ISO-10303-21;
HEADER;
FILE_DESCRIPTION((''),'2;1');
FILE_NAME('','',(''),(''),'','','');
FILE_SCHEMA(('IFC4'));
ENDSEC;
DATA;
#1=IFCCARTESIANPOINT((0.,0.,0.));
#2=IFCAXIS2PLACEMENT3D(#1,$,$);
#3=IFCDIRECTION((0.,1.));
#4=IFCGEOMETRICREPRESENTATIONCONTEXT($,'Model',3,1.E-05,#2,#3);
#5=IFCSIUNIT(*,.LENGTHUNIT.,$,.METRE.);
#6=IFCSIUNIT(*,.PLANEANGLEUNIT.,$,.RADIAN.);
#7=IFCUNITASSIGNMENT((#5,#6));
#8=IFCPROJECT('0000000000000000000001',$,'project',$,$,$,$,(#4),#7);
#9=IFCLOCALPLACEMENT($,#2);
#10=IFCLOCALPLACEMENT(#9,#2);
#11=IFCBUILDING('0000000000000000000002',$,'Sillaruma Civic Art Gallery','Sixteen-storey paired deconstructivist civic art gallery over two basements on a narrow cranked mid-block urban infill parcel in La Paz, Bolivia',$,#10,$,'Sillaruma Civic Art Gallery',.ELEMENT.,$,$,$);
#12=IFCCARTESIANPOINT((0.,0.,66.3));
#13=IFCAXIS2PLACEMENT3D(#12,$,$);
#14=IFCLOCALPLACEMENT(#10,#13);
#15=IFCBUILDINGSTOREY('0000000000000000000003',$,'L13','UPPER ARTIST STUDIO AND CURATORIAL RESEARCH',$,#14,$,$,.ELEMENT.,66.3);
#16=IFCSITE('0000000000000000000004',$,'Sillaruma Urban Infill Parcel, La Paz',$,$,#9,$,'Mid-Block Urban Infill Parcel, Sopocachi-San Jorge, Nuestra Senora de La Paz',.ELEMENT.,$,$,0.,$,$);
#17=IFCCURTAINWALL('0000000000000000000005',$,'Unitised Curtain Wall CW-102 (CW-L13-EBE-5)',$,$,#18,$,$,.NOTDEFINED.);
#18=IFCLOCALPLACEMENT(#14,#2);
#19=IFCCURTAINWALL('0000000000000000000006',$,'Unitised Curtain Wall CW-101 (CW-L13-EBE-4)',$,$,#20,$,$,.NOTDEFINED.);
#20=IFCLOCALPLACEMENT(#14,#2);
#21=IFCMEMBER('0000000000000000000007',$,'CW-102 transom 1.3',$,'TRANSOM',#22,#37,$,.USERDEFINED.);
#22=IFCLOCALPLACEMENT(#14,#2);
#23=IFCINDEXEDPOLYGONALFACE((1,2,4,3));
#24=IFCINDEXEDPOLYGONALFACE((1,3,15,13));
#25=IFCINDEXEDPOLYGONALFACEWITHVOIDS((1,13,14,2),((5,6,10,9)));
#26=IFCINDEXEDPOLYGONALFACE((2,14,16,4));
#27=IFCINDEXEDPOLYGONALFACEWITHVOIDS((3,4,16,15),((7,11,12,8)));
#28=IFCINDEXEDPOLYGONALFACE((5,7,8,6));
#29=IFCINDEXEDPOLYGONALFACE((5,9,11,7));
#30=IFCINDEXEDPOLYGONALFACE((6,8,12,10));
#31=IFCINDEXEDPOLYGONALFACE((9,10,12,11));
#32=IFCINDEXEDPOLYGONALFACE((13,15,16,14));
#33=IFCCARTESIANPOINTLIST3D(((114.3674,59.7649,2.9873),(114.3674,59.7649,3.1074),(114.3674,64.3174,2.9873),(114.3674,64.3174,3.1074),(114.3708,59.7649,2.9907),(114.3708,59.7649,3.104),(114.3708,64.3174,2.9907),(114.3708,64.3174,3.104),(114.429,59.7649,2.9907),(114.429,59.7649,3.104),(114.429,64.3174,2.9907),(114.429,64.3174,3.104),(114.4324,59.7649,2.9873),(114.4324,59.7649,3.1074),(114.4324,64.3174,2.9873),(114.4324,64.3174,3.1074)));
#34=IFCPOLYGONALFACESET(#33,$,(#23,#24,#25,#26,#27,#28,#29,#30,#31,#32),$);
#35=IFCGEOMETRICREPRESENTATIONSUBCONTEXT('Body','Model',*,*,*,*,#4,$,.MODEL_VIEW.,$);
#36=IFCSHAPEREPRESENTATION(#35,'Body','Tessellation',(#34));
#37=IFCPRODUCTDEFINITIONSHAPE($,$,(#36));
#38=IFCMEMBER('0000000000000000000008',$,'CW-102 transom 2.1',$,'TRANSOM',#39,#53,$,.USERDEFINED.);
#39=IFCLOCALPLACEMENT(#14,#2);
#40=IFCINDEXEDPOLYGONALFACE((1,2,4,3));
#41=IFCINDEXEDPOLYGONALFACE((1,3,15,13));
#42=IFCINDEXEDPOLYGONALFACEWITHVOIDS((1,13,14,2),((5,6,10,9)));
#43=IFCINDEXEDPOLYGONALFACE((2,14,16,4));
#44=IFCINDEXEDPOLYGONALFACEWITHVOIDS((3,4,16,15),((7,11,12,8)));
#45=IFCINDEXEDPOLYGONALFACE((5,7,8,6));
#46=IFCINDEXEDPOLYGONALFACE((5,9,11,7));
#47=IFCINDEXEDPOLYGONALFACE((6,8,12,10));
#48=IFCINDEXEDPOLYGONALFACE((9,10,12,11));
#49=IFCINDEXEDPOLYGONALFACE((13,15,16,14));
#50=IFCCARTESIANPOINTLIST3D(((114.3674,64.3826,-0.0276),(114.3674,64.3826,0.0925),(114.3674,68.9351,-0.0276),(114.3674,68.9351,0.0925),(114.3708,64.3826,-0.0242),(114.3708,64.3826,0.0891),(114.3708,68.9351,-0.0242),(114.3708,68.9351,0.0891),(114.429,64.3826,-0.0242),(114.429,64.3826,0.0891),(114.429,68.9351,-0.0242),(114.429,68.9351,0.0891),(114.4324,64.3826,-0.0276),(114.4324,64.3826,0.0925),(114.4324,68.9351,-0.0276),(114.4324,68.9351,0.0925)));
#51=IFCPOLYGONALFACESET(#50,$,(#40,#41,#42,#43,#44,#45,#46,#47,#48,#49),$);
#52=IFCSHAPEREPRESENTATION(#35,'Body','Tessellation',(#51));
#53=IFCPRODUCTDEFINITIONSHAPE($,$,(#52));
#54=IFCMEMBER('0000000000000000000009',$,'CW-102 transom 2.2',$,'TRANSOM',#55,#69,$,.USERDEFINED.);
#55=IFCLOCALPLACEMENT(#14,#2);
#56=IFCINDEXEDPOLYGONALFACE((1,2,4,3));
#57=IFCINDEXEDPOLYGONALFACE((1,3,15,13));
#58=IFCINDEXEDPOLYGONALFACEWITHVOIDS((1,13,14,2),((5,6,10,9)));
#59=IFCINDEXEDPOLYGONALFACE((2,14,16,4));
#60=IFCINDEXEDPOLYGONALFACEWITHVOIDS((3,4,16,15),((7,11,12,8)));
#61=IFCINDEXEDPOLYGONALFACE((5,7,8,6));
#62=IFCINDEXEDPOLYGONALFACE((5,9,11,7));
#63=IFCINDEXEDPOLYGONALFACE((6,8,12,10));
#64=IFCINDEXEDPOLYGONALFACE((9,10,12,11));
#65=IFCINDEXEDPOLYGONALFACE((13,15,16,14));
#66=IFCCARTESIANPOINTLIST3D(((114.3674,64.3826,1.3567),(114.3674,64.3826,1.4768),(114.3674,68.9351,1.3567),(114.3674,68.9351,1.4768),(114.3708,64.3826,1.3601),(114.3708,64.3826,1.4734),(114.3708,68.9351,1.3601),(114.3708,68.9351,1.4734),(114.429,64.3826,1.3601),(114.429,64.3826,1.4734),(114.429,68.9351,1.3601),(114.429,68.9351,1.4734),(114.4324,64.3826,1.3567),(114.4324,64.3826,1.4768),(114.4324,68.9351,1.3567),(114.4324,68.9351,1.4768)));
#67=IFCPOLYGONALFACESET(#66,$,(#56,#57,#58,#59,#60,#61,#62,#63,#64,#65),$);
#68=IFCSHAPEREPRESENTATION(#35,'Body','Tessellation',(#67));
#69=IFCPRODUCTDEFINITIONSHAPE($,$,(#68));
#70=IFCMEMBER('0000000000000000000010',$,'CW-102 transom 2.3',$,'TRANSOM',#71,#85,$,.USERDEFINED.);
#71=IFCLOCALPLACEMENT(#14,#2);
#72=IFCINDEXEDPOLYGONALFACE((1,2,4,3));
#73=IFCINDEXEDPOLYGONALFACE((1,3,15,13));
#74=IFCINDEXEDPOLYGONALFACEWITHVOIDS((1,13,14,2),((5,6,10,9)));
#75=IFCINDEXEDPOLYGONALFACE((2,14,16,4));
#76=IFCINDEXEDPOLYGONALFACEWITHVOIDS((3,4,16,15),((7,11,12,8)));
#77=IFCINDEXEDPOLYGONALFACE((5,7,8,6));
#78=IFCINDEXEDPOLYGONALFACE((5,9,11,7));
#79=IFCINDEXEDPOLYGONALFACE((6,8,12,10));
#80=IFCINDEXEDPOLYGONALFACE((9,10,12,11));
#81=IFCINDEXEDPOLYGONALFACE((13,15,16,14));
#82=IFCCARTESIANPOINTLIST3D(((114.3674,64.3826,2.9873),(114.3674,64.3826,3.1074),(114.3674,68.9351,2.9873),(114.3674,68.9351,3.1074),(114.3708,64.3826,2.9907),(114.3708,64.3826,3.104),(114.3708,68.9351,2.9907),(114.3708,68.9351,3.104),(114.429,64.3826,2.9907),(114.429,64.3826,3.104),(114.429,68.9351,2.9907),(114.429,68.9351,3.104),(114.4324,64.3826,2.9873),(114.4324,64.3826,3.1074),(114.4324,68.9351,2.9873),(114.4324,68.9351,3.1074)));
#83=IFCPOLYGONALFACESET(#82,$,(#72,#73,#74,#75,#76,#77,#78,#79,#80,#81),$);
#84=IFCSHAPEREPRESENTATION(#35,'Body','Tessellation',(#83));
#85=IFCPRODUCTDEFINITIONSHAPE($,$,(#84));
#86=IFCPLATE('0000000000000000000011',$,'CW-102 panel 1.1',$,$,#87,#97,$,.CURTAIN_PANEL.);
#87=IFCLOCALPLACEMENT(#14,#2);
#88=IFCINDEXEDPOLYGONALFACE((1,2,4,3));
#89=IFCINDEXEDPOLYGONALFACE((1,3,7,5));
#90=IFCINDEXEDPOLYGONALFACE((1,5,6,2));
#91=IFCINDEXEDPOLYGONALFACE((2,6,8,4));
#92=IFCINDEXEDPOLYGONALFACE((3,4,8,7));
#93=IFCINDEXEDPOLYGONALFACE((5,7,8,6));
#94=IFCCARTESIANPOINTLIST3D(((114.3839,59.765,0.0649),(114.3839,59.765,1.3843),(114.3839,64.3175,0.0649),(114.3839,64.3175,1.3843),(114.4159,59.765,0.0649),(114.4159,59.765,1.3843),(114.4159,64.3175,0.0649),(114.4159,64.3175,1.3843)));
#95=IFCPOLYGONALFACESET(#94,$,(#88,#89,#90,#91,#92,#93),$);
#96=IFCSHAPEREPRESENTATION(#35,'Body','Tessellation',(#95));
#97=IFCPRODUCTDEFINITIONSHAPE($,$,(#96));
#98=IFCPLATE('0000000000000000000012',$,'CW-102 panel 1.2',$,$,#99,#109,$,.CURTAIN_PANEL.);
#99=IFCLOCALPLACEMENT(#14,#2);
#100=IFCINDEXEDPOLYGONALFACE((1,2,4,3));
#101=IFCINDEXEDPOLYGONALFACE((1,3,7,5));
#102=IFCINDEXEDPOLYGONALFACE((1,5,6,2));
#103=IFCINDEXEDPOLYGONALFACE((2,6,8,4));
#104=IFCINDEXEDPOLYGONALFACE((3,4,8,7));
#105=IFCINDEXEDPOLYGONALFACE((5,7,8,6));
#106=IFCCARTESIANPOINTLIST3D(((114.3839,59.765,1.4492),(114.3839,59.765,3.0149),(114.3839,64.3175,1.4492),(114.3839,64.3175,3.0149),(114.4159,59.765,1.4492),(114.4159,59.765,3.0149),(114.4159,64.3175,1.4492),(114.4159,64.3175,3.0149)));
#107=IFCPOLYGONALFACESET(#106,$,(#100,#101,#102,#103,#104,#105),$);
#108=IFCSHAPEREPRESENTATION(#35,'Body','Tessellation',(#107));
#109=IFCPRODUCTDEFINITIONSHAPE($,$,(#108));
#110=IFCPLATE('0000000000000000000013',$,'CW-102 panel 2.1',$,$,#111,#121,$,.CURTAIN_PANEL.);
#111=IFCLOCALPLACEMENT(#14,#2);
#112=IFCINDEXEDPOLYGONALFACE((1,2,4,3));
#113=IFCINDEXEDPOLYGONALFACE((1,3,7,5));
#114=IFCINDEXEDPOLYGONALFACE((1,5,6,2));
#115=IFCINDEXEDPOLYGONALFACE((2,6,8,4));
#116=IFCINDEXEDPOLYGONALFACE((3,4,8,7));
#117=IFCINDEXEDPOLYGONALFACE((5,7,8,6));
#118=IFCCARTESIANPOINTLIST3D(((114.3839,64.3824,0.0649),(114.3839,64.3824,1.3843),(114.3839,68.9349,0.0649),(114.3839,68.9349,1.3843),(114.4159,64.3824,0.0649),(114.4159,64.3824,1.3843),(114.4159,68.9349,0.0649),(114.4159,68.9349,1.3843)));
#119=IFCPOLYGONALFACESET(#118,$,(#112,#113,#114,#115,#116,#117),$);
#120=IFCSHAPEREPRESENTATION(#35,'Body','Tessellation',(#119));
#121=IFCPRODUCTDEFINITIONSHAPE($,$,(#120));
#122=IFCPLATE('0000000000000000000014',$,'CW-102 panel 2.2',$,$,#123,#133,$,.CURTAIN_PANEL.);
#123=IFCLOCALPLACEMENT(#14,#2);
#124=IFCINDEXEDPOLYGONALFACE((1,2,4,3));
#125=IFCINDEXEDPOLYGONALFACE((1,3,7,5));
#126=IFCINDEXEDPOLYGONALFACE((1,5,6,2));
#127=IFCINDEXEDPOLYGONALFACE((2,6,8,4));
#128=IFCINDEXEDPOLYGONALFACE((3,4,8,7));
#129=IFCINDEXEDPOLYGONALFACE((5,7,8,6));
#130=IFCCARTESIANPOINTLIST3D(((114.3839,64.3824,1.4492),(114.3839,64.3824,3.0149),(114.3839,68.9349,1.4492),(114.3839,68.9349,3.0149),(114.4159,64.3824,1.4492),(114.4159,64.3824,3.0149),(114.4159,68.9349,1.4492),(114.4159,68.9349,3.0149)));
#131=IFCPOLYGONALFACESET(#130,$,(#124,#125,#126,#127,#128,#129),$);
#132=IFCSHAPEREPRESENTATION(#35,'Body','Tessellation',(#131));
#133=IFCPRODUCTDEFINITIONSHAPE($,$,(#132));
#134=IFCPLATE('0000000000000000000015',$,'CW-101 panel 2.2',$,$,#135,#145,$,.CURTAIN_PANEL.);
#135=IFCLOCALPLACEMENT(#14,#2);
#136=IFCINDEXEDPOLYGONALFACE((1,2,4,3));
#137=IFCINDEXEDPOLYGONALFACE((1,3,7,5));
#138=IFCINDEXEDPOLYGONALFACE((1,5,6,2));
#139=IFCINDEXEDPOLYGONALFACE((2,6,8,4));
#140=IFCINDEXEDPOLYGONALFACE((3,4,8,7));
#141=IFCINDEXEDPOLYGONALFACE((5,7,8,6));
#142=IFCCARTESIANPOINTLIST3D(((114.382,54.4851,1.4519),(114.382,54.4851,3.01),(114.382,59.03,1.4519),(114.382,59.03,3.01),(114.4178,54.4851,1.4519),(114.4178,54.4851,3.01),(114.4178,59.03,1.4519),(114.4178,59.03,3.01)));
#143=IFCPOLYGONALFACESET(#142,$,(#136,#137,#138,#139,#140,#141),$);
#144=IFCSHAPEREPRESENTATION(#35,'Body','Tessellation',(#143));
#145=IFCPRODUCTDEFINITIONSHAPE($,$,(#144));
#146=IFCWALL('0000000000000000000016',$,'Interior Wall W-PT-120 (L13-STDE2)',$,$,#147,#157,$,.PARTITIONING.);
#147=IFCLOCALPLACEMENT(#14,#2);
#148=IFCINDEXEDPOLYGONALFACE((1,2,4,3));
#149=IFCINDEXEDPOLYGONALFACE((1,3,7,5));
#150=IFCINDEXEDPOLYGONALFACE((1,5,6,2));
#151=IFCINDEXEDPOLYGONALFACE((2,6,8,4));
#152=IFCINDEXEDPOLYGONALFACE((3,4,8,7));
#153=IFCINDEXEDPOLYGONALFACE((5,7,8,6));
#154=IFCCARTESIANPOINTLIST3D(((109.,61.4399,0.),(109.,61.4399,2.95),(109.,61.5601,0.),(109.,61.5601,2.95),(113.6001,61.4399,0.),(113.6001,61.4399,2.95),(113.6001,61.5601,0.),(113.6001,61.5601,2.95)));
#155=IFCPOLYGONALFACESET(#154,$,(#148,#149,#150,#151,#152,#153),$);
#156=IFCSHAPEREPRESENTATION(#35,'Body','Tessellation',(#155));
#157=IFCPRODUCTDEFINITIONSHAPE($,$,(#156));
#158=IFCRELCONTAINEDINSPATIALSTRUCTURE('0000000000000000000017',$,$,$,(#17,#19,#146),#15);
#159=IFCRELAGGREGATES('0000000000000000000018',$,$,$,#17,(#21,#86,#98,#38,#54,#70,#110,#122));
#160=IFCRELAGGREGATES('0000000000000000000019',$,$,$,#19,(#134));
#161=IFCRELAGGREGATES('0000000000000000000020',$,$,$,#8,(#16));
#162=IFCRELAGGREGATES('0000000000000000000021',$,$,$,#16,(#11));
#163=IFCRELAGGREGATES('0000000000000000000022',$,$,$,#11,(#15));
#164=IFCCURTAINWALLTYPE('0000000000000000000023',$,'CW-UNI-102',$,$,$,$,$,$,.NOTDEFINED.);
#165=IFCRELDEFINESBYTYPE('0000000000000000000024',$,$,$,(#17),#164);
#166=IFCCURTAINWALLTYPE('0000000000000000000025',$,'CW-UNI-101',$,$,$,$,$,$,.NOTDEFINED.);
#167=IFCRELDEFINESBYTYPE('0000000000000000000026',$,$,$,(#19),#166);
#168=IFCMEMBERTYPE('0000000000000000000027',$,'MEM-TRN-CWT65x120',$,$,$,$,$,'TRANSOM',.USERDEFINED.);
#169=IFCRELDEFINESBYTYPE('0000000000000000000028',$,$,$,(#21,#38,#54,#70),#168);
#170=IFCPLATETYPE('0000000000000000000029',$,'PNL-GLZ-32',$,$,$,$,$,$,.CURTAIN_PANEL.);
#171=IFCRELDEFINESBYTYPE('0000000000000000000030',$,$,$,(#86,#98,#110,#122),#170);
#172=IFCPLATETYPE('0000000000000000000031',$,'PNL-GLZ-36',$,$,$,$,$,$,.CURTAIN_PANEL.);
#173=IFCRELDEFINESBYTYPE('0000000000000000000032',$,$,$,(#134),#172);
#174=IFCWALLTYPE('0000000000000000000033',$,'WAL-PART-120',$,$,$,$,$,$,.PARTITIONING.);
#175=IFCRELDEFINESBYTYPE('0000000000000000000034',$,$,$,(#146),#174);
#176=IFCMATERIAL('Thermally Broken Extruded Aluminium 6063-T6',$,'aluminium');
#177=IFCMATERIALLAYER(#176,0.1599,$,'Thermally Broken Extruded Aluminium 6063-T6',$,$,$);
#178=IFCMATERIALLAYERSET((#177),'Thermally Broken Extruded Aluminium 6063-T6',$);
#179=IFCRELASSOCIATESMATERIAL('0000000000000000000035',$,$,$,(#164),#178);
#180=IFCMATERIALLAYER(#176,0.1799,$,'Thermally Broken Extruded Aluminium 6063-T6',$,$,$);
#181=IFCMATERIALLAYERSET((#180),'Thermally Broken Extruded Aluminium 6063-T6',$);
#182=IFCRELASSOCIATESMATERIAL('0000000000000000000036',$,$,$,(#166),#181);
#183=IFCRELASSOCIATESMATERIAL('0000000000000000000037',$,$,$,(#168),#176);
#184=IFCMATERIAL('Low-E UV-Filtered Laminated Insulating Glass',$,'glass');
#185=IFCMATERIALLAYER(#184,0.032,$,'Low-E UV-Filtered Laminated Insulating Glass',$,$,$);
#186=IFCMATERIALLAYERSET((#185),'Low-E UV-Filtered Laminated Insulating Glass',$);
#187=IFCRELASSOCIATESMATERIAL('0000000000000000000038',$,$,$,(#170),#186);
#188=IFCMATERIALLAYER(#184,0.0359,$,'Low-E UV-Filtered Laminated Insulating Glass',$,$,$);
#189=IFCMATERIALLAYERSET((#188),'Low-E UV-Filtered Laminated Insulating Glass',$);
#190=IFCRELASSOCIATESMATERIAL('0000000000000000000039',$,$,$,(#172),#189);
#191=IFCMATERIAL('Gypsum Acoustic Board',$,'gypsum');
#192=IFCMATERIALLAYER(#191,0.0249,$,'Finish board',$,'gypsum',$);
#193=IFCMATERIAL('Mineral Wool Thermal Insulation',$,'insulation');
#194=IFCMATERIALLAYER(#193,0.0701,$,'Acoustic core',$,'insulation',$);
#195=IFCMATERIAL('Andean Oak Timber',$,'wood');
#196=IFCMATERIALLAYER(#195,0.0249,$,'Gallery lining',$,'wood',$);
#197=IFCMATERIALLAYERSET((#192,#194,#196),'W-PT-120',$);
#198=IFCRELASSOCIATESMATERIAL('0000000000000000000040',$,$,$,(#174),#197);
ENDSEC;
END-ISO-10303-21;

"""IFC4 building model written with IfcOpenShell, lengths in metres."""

from ifc_helpers import new_model, si_unit, direction, frame, frame_2d, origin, origin_2d, place, context, subcontext, project, spatial, rectangle, hollow_rectangle, extrude, material, layer, layer_set, material_profile, profile_set, type_object, element, aggregate, save


model = new_model("IFC4")

# Units and contexts
model_context = context("Model", 3, precision=1e-05, world=origin(), true_north=direction((0.0, 1.0)))
body_context = subcontext(model_context, "Body", "Model", "MODEL_VIEW")
ifc_project = project(units=[si_unit("LENGTHUNIT", "METRE"), si_unit("PLANEANGLEUNIT", "RADIAN")], contexts=[model_context])

# Site, building, storey
site_placement = place(None, origin())
site = spatial("IfcSite", under=ifc_project, at=site_placement, Name="Sillaruma Urban Infill Parcel, La Paz", LongName="Mid-Block Urban Infill Parcel, Sopocachi-San Jorge, Nuestra Senora de La Paz", CompositionType="ELEMENT", RefElevation=0.0)
building_placement = place(site_placement, origin())
building = spatial("IfcBuilding", under=site, at=building_placement, Name="Sillaruma Civic Art Gallery", Description="Sixteen-storey paired deconstructivist civic art gallery over two basements on a narrow cranked mid-block urban infill parcel in La Paz, Bolivia", LongName="Sillaruma Civic Art Gallery", CompositionType="ELEMENT")
storey_placement = place(building_placement, frame((0.0, 0.0, 66.3)))
storey = spatial("IfcBuildingStorey", under=building, at=storey_placement, Name="L13", Description="UPPER ARTIST STUDIO AND CURATORIAL RESEARCH", CompositionType="ELEMENT", Elevation=66.3)

# Curtain wall
ifc_material_1 = material(Name="Thermally Broken Extruded Aluminium 6063-T6", Category="aluminium")
ifc_layer_1 = layer(ifc_material_1, 0.1599, Name="Thermally Broken Extruded Aluminium 6063-T6")
ifc_layer_set_1 = layer_set([ifc_layer_1], Name="Thermally Broken Extruded Aluminium 6063-T6")
curtain_wall_type_1 = type_object("IfcCurtainWallType", Name="CW-UNI-102", PredefinedType="NOTDEFINED", material=ifc_layer_set_1)
curtain_wall_1_placement = place(storey_placement, origin())
curtain_wall_1 = element("IfcCurtainWall", 1, at=curtain_wall_1_placement, inside=storey, type_object=curtain_wall_type_1, Name="Unitised Curtain Wall CW-102 (CW-L13-EBE-5)", PredefinedType="NOTDEFINED")

# Curtain wall
ifc_layer_2 = layer(ifc_material_1, 0.1799, Name="Thermally Broken Extruded Aluminium 6063-T6")
ifc_layer_set_2 = layer_set([ifc_layer_2], Name="Thermally Broken Extruded Aluminium 6063-T6")
curtain_wall_type_2 = type_object("IfcCurtainWallType", Name="CW-UNI-101", PredefinedType="NOTDEFINED", material=ifc_layer_set_2)
curtain_wall_2_placement = place(storey_placement, origin())
curtain_wall_2 = element("IfcCurtainWall", 2, at=curtain_wall_2_placement, inside=storey, type_object=curtain_wall_type_2, Name="Unitised Curtain Wall CW-101 (CW-L13-EBE-4)", PredefinedType="NOTDEFINED")

# Members
ifc_material_profile_1 = material_profile(ifc_material_1, hollow_rectangle(XDim=0.0649, YDim=0.1201, WallThickness=0.0034, at=origin_2d()), Name="CWT65x120")
ifc_profile_set_1 = profile_set([ifc_material_profile_1], Name="Thermally Broken Extruded Aluminium 6063-T6")
member_type_1 = type_object("IfcMemberType", Name="MEM-TRN-CWT65x120", ElementType="TRANSOM", PredefinedType="USERDEFINED", material=ifc_profile_set_1)
member_1_placement = place(storey_placement, frame((114.3999, 59.7649, 3.0474), z_axis=(0.0, 1.0, 0.0), x_axis=(-1.0, 0.0, 0.0)))
member_1 = element("IfcMember", 3, at=member_1_placement, type_object=member_type_1, Name="CW-102 transom 1.3", ObjectType="TRANSOM", PredefinedType="USERDEFINED", context=body_context, shape_type="SweptSolid", body=[
    extrude(hollow_rectangle(XDim=0.0649, YDim=0.1201, WallThickness=0.0034, at=origin_2d()), origin(), (0.0, 0.0, 1.0), 4.5525),
])
member_2_placement = place(storey_placement, frame((114.3999, 64.3826, 0.0325), z_axis=(0.0, 1.0, 0.0), x_axis=(-1.0, 0.0, 0.0)))
member_2 = element("IfcMember", 4, at=member_2_placement, type_object=member_type_1, Name="CW-102 transom 2.1", ObjectType="TRANSOM", PredefinedType="USERDEFINED", context=body_context, shape_type="SweptSolid", body=[
    extrude(hollow_rectangle(XDim=0.0649, YDim=0.1201, WallThickness=0.0034, at=origin_2d()), origin(), (0.0, 0.0, 1.0), 4.5525),
])
member_3_placement = place(storey_placement, frame((114.3999, 64.3826, 1.4167), z_axis=(0.0, 1.0, 0.0), x_axis=(-1.0, 0.0, 0.0)))
member_3 = element("IfcMember", 5, at=member_3_placement, type_object=member_type_1, Name="CW-102 transom 2.2", ObjectType="TRANSOM", PredefinedType="USERDEFINED", context=body_context, shape_type="SweptSolid", body=[
    extrude(hollow_rectangle(XDim=0.0649, YDim=0.1201, WallThickness=0.0034, at=origin_2d()), origin(), (0.0, 0.0, 1.0), 4.5525),
])
member_4_placement = place(storey_placement, frame((114.3999, 64.3826, 3.0474), z_axis=(0.0, 1.0, 0.0), x_axis=(-1.0, 0.0, 0.0)))
member_4 = element("IfcMember", 6, at=member_4_placement, type_object=member_type_1, Name="CW-102 transom 2.3", ObjectType="TRANSOM", PredefinedType="USERDEFINED", context=body_context, shape_type="SweptSolid", body=[
    extrude(hollow_rectangle(XDim=0.0649, YDim=0.1201, WallThickness=0.0034, at=origin_2d()), origin(), (0.0, 0.0, 1.0), 4.5525),
])

# Plates
ifc_material_2 = material(Name="Low-E UV-Filtered Laminated Insulating Glass", Category="glass")
ifc_layer_3 = layer(ifc_material_2, 0.032, Name="Low-E UV-Filtered Laminated Insulating Glass")
ifc_layer_set_3 = layer_set([ifc_layer_3], Name="Low-E UV-Filtered Laminated Insulating Glass")
plate_type_1 = type_object("IfcPlateType", Name="PNL-GLZ-32", PredefinedType="CURTAIN_PANEL", material=ifc_layer_set_3)
plate_1_placement = place(storey_placement, frame((114.3999, 62.0413, 0.0649), z_axis=(0.0, 0.0, 1.0), x_axis=(0.0, 1.0, 0.0)))
plate_1 = element("IfcPlate", 7, at=plate_1_placement, type_object=plate_type_1, Name="CW-102 panel 1.1", PredefinedType="CURTAIN_PANEL", context=body_context, shape_type="SweptSolid", body=[
    extrude(rectangle(XDim=4.5525, YDim=0.032, at=origin_2d()), origin(), (0.0, 0.0, 1.0), 1.3193),
])
plate_2_placement = place(storey_placement, frame((114.3999, 62.0413, 1.4492), z_axis=(0.0, 0.0, 1.0), x_axis=(0.0, 1.0, 0.0)))
plate_2 = element("IfcPlate", 8, at=plate_2_placement, type_object=plate_type_1, Name="CW-102 panel 1.2", PredefinedType="CURTAIN_PANEL", context=body_context, shape_type="SweptSolid", body=[
    extrude(rectangle(XDim=4.5525, YDim=0.032, at=origin_2d()), origin(), (0.0, 0.0, 1.0), 1.5657),
])
plate_3_placement = place(storey_placement, frame((114.3999, 66.6587, 0.0649), z_axis=(0.0, 0.0, 1.0), x_axis=(0.0, 1.0, 0.0)))
plate_3 = element("IfcPlate", 9, at=plate_3_placement, type_object=plate_type_1, Name="CW-102 panel 2.1", PredefinedType="CURTAIN_PANEL", context=body_context, shape_type="SweptSolid", body=[
    extrude(rectangle(XDim=4.5525, YDim=0.032, at=origin_2d()), origin(), (0.0, 0.0, 1.0), 1.3193),
])
plate_4_placement = place(storey_placement, frame((114.3999, 66.6587, 1.4492), z_axis=(0.0, 0.0, 1.0), x_axis=(0.0, 1.0, 0.0)))
plate_4 = element("IfcPlate", 10, at=plate_4_placement, type_object=plate_type_1, Name="CW-102 panel 2.2", PredefinedType="CURTAIN_PANEL", context=body_context, shape_type="SweptSolid", body=[
    extrude(rectangle(XDim=4.5525, YDim=0.032, at=origin_2d()), origin(), (0.0, 0.0, 1.0), 1.5657),
])
aggregate(curtain_wall_1, [member_1, plate_1, plate_2, member_2, member_3, member_4, plate_3, plate_4])
ifc_layer_4 = layer(ifc_material_2, 0.0359, Name="Low-E UV-Filtered Laminated Insulating Glass")
ifc_layer_set_4 = layer_set([ifc_layer_4], Name="Low-E UV-Filtered Laminated Insulating Glass")
plate_type_2 = type_object("IfcPlateType", Name="PNL-GLZ-36", PredefinedType="CURTAIN_PANEL", material=ifc_layer_set_4)
plate_5_placement = place(storey_placement, frame((114.3999, 56.7576, 1.4519), z_axis=(0.0, 0.0, 1.0), x_axis=(0.0, 1.0, 0.0)))
plate_5 = element("IfcPlate", 11, at=plate_5_placement, type_object=plate_type_2, Name="CW-101 panel 2.2", PredefinedType="CURTAIN_PANEL", context=body_context, shape_type="SweptSolid", body=[
    extrude(rectangle(XDim=4.5449, YDim=0.0359, at=origin_2d()), origin(), (0.0, 0.0, 1.0), 1.5581),
])
aggregate(curtain_wall_2, [plate_5])

# Wall
ifc_material_3 = material(Name="Gypsum Acoustic Board", Category="gypsum")
ifc_layer_5 = layer(ifc_material_3, 0.0249, Name="Finish board", Category="gypsum")
ifc_material_4 = material(Name="Mineral Wool Thermal Insulation", Category="insulation")
ifc_layer_6 = layer(ifc_material_4, 0.0701, Name="Acoustic core", Category="insulation")
ifc_material_5 = material(Name="Andean Oak Timber", Category="wood")
ifc_layer_7 = layer(ifc_material_5, 0.0249, Name="Gallery lining", Category="wood")
ifc_layer_set_5 = layer_set([ifc_layer_5, ifc_layer_6, ifc_layer_7], Name="W-PT-120")
wall_type = type_object("IfcWallType", Name="WAL-PART-120", PredefinedType="PARTITIONING", material=ifc_layer_set_5)
wall_placement = place(storey_placement, frame((109.0, 61.5, 0.0), z_axis=(0.0, 0.0, 1.0), x_axis=(1.0, 0.0, 0.0)))
element("IfcWall", 12, at=wall_placement, inside=storey, type_object=wall_type, Name="Interior Wall W-PT-120 (L13-STDE2)", PredefinedType="PARTITIONING", context=body_context, shape_type="SweptSolid", body=[
    extrude(rectangle(XDim=4.6001, YDim=0.1201, at=frame_2d((2.3, 0.0))), origin(), (0.0, 0.0, 1.0), 2.95),
])

save(model, "model.ifc")
